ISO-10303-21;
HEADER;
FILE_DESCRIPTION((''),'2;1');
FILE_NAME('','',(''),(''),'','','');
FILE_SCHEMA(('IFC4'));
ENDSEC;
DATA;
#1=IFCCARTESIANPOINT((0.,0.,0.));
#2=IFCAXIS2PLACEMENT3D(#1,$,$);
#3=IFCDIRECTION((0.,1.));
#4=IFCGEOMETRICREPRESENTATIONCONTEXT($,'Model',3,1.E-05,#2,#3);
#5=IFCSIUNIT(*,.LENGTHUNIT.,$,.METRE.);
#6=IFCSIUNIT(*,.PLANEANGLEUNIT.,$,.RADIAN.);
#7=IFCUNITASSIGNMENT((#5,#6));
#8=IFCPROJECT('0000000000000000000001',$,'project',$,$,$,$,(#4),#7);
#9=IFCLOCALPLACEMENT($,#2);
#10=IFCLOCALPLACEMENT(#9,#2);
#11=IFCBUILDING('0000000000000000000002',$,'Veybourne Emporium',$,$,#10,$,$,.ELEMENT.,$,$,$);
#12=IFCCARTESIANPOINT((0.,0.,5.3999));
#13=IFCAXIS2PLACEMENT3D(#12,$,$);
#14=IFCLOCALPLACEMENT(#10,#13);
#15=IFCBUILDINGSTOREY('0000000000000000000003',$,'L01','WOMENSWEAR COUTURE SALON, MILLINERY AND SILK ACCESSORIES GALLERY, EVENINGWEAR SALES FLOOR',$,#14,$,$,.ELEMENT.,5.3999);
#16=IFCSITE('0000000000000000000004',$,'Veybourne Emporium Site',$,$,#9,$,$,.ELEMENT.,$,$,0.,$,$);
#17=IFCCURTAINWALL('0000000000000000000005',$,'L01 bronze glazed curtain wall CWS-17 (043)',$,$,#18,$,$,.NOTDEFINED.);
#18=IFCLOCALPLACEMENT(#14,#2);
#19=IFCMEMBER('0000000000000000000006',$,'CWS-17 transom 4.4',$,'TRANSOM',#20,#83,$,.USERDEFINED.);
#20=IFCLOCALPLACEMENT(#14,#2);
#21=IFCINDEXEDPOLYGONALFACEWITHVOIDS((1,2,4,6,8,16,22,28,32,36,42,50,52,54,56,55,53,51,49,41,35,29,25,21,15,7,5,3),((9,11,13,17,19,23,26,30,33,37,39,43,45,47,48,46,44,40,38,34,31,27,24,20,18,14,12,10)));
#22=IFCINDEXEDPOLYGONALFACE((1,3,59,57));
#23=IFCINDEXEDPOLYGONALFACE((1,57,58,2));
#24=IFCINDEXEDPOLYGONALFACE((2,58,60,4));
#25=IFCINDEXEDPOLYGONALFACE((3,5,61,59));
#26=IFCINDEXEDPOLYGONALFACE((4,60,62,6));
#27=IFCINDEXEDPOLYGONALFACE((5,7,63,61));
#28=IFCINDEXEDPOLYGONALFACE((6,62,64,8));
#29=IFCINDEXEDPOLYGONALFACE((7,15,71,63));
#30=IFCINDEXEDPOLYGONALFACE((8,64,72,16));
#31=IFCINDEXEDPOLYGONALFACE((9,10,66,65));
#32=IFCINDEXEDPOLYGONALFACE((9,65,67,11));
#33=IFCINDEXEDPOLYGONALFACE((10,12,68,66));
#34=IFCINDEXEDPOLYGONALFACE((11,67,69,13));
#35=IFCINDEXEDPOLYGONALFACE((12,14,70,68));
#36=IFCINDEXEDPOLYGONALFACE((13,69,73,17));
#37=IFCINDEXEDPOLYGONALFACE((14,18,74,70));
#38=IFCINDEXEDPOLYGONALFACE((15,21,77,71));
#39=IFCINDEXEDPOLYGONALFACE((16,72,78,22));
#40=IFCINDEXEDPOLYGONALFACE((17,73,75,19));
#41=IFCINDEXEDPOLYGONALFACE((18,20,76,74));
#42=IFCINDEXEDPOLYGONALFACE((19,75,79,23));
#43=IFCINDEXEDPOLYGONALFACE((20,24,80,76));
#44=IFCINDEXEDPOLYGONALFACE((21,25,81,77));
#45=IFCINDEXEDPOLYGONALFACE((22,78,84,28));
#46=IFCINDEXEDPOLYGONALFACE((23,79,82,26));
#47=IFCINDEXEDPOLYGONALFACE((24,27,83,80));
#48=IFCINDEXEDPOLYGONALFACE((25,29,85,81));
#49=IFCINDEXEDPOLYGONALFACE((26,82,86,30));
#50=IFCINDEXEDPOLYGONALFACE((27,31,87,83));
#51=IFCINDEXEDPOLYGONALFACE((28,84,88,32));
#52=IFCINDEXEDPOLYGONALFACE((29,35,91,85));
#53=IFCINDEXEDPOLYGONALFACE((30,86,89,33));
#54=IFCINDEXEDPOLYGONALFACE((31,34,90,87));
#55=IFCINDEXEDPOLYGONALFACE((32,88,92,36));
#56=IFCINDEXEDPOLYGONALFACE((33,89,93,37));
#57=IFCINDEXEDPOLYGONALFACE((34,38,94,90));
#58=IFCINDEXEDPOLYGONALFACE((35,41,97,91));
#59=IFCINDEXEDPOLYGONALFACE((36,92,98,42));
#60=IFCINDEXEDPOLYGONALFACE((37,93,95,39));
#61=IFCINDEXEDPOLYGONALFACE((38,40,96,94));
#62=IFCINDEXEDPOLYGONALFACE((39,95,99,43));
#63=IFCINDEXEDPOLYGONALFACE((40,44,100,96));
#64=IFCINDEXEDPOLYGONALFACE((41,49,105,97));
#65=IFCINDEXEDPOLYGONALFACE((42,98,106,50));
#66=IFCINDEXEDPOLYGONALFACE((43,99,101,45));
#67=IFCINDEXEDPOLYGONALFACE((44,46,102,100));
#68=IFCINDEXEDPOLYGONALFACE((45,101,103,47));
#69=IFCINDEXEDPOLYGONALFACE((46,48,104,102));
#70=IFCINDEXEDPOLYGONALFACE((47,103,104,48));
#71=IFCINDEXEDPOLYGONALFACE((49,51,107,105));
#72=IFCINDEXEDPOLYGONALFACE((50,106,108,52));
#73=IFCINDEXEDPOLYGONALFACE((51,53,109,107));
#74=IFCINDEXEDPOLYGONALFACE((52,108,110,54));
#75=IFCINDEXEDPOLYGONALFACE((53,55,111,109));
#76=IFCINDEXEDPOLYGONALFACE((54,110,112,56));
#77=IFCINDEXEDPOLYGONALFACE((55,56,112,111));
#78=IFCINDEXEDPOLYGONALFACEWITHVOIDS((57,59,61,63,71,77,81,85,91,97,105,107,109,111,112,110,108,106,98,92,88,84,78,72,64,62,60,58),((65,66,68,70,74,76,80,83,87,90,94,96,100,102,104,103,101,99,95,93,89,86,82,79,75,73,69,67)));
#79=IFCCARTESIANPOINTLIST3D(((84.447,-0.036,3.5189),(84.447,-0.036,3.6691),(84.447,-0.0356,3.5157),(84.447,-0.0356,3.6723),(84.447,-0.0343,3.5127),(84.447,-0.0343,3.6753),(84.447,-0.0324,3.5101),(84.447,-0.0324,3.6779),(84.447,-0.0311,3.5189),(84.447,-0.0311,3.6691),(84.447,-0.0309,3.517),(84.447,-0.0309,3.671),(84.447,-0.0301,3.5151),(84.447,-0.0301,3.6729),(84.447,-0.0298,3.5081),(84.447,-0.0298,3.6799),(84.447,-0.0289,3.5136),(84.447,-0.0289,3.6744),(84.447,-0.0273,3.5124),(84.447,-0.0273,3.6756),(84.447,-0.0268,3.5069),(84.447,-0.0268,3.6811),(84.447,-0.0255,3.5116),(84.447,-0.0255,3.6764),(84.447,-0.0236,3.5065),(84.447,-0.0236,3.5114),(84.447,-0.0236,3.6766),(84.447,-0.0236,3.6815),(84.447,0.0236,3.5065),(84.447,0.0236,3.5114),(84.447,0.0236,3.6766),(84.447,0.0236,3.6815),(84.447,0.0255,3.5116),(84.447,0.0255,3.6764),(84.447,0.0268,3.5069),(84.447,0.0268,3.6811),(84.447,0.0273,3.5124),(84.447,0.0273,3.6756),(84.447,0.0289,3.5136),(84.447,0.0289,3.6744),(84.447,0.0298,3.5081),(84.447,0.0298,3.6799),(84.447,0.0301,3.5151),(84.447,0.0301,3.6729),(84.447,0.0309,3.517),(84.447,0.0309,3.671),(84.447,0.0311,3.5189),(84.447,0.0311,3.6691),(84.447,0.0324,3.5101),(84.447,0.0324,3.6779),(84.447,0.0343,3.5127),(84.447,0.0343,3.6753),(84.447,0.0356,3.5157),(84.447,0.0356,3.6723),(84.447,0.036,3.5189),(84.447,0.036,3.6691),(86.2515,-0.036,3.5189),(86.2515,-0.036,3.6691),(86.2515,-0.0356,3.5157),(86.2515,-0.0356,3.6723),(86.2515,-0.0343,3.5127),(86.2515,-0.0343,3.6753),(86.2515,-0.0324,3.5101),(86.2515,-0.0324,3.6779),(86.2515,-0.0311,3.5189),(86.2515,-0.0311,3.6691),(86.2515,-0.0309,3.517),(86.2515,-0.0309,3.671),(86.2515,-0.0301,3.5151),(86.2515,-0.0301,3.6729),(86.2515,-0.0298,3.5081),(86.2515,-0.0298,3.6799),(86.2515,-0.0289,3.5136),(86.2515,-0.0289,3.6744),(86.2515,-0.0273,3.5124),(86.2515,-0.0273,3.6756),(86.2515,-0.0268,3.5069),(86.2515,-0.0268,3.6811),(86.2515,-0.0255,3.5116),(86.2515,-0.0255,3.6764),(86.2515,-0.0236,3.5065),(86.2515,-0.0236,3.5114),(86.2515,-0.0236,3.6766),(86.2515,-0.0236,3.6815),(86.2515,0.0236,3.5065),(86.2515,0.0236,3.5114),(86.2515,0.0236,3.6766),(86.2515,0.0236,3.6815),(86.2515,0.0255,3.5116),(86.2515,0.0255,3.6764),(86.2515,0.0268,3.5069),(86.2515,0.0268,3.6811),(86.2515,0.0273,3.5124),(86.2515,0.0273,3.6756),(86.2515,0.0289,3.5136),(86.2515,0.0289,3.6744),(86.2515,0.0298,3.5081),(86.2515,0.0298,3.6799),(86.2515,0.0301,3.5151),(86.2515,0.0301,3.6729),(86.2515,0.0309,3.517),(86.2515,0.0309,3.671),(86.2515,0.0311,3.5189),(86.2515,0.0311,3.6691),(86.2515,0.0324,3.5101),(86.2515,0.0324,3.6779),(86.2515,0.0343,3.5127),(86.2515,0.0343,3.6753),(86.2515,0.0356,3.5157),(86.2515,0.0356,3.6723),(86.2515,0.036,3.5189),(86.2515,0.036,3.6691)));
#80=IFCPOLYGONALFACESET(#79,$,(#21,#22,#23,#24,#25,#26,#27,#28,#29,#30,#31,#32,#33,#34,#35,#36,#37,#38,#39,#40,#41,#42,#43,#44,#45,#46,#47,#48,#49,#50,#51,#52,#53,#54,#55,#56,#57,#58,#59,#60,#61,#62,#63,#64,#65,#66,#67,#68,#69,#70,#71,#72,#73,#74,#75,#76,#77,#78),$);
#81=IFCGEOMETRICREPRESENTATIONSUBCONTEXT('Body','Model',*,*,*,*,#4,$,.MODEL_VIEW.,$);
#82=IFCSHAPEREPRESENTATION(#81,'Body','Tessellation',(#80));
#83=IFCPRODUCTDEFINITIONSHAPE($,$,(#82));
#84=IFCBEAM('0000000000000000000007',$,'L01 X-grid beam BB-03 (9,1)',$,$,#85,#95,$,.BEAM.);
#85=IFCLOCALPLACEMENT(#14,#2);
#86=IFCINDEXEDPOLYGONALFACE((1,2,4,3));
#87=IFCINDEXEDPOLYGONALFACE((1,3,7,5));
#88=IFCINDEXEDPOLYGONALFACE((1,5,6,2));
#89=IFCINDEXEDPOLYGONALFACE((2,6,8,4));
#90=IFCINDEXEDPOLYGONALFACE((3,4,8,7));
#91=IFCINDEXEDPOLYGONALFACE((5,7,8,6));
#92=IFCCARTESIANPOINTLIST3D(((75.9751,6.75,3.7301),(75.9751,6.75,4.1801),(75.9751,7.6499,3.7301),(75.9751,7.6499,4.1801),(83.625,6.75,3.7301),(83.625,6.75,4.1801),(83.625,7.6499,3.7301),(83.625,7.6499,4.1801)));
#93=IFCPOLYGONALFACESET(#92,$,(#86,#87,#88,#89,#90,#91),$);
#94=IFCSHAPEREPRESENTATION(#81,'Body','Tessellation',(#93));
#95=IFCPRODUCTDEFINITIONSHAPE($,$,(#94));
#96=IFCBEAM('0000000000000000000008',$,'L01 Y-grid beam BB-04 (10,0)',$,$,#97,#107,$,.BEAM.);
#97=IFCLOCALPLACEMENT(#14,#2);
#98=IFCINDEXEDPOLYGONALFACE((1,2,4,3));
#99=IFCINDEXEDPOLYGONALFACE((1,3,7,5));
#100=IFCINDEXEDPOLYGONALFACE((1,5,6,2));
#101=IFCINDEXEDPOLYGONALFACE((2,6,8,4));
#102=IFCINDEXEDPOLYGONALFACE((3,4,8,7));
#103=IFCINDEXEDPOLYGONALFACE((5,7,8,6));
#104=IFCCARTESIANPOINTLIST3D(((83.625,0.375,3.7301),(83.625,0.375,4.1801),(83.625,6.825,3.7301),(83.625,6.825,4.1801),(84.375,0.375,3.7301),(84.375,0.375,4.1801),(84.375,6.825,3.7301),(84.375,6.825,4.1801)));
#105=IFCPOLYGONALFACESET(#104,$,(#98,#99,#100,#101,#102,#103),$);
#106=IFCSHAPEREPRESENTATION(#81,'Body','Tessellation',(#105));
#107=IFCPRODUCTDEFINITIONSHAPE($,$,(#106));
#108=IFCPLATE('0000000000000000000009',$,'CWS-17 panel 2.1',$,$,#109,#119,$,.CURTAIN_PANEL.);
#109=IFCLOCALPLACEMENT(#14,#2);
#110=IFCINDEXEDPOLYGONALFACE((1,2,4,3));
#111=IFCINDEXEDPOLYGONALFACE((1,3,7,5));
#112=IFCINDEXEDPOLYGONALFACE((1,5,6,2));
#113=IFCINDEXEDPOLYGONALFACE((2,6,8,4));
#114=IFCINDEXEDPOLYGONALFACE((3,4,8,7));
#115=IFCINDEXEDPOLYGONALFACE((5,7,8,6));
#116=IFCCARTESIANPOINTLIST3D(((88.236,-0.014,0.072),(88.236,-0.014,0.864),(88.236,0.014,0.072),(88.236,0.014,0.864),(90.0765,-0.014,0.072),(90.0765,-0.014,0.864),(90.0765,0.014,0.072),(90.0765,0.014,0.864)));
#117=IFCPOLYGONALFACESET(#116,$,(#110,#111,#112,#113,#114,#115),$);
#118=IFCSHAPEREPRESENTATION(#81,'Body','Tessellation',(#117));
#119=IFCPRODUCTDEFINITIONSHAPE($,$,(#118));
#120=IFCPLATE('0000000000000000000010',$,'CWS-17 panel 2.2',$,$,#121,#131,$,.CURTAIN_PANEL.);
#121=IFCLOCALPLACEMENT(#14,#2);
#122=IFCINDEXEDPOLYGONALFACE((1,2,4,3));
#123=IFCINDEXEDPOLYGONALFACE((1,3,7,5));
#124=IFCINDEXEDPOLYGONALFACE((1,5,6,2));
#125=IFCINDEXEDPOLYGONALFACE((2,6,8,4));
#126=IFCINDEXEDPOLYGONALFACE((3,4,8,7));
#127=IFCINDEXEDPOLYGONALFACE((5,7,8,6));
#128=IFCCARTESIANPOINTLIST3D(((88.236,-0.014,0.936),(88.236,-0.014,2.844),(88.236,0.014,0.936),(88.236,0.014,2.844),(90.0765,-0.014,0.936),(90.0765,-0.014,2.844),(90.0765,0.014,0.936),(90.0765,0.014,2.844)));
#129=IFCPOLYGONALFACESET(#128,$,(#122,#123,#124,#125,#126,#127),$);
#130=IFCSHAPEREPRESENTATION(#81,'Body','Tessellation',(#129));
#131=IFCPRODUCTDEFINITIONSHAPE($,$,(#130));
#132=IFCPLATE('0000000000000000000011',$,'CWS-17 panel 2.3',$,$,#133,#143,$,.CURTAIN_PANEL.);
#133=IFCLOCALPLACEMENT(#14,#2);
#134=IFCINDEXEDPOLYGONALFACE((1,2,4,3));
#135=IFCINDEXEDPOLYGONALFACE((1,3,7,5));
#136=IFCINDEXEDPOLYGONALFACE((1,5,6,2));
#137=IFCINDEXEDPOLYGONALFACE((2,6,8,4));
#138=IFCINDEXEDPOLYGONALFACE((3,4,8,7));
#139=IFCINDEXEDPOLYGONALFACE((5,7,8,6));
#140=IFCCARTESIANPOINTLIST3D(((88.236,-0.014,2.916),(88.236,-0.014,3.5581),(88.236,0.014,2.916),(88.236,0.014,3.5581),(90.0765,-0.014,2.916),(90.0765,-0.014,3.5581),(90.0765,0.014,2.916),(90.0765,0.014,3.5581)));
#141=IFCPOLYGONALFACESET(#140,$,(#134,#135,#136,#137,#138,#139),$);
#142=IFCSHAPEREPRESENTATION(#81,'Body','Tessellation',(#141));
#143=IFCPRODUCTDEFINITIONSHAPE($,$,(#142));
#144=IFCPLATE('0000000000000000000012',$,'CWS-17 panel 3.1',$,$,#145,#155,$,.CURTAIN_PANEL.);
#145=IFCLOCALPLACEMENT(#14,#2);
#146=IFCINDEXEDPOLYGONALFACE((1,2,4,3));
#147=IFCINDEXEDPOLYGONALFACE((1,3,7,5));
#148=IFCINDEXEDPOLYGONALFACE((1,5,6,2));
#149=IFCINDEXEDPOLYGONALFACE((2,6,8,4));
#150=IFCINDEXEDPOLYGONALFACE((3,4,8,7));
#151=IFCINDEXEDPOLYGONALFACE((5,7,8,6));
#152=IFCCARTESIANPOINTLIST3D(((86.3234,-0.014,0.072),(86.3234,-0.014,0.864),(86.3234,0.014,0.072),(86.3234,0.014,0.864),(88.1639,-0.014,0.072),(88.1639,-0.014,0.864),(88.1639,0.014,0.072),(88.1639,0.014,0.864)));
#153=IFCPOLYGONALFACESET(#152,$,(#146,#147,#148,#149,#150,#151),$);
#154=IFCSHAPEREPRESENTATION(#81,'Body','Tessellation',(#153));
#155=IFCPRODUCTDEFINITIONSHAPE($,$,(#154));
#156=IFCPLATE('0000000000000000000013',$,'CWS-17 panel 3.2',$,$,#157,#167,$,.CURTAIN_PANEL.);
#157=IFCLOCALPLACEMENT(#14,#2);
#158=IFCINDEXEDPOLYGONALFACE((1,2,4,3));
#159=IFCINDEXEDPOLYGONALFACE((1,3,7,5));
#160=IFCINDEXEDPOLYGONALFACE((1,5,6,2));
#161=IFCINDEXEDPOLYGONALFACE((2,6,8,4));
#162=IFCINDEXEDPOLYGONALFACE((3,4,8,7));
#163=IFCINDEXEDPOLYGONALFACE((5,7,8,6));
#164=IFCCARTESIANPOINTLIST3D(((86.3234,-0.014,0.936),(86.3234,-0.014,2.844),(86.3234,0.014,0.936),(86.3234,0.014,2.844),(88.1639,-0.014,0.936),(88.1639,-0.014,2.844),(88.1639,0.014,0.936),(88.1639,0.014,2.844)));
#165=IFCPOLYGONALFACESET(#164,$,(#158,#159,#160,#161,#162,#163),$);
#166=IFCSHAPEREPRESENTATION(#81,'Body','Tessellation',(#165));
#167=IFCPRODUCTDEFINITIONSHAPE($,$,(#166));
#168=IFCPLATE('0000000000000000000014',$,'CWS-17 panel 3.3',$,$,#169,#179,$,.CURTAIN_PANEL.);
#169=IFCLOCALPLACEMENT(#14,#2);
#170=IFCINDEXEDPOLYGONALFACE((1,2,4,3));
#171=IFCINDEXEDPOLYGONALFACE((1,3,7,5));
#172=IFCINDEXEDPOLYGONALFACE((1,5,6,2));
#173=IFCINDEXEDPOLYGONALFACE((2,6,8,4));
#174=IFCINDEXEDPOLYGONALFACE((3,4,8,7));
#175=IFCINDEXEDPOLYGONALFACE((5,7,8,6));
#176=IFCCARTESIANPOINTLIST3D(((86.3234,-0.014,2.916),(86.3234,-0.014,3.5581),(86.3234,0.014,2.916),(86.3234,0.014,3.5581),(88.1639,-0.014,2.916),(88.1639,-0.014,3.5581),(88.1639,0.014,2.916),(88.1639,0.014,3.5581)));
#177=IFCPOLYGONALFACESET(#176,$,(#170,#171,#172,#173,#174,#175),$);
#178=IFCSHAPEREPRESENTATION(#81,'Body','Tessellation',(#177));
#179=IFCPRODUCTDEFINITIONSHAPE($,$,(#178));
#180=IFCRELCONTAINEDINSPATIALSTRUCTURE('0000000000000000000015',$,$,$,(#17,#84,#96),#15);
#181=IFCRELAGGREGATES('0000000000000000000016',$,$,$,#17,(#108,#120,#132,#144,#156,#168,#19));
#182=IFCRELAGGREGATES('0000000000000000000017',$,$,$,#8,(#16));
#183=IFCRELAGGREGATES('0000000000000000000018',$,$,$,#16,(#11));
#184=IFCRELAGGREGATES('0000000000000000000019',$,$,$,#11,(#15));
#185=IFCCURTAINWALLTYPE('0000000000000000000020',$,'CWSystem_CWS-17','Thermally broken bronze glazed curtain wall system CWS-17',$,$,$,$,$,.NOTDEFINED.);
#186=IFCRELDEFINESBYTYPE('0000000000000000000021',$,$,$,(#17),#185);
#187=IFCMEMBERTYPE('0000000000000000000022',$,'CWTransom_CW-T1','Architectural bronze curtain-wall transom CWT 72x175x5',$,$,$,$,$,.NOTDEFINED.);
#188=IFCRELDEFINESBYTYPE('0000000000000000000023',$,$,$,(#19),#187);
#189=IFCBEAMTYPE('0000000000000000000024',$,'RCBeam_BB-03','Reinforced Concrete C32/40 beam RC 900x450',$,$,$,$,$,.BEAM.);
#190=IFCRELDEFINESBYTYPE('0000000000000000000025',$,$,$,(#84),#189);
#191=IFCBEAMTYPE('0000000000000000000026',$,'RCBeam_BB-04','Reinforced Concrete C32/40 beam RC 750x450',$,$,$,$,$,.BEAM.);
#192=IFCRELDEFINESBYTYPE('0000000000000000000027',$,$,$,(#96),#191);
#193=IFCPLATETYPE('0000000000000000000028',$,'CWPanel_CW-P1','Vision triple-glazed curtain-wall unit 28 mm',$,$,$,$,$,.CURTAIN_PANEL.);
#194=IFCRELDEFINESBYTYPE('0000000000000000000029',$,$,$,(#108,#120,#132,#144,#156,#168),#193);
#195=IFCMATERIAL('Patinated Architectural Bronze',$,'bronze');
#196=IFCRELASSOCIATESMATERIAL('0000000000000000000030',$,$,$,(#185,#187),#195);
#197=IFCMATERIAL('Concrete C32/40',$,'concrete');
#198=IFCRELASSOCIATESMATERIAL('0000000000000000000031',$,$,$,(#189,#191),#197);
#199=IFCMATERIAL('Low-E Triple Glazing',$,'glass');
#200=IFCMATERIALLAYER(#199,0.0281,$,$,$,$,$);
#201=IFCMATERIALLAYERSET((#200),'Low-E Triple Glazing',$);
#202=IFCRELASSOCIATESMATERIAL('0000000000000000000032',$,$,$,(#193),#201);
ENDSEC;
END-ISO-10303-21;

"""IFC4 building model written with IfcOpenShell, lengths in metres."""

from ifc_helpers import new_model, si_unit, direction, frame, origin, origin_2d, place, context, subcontext, project, spatial, rectangle, hollow_rectangle, extrude, material, layer, layer_set, material_profile, profile_set, type_object, element, aggregate, save


model = new_model("IFC4")

# Units and contexts
model_context = context("Model", 3, precision=1e-05, world=origin(), true_north=direction((0.0, 1.0)))
body_context = subcontext(model_context, "Body", "Model", "MODEL_VIEW")
ifc_project = project(units=[si_unit("LENGTHUNIT", "METRE"), si_unit("PLANEANGLEUNIT", "RADIAN")], contexts=[model_context])

# Site, building, storey
site_placement = place(None, origin())
site = spatial("IfcSite", under=ifc_project, at=site_placement, Name="Veybourne Emporium Site", CompositionType="ELEMENT", RefElevation=0.0)
building_placement = place(site_placement, origin())
building = spatial("IfcBuilding", under=site, at=building_placement, Name="Veybourne Emporium", CompositionType="ELEMENT")
storey_placement = place(building_placement, frame((0.0, 0.0, 5.3999)))
storey = spatial("IfcBuildingStorey", under=building, at=storey_placement, Name="L01", Description="WOMENSWEAR COUTURE SALON, MILLINERY AND SILK ACCESSORIES GALLERY, EVENINGWEAR SALES FLOOR", CompositionType="ELEMENT", Elevation=5.3999)

# Curtain wall, member
ifc_material_1 = material(Name="Patinated Architectural Bronze", Category="bronze")
curtain_wall_type = type_object("IfcCurtainWallType", Name="CWSystem_CWS-17", Description="Thermally broken bronze glazed curtain wall system CWS-17", PredefinedType="NOTDEFINED", material=ifc_material_1)
curtain_wall_placement = place(storey_placement, origin())
curtain_wall = element("IfcCurtainWall", 1, at=curtain_wall_placement, inside=storey, type_object=curtain_wall_type, Name="L01 bronze glazed curtain wall CWS-17 (043)", PredefinedType="NOTDEFINED")
ifc_material_profile_1 = material_profile(ifc_material_1, hollow_rectangle(XDim=0.072, YDim=0.175, WallThickness=0.0049, InnerFilletRadius=0.0076, OuterFilletRadius=0.0125, at=origin_2d()), Name="CWT 72x175x5")
ifc_profile_set_1 = profile_set([ifc_material_profile_1], Name="Patinated Architectural Bronze")
member_type_1 = type_object("IfcMemberType", Name="CWTransom_CW-T1", Description="Architectural bronze curtain-wall transom CWT 72x175x5", PredefinedType="NOTDEFINED", material=ifc_profile_set_1)
member_1_placement = place(storey_placement, frame((86.2515, 0.0, 3.594), z_axis=(-1.0, 0.0, 0.0), x_axis=(0.0, -1.0, 0.0)))
member_1 = element("IfcMember", 2, at=member_1_placement, type_object=member_type_1, Name="CWS-17 transom 4.4", ObjectType="TRANSOM", PredefinedType="USERDEFINED", context=body_context, shape_type="SweptSolid", body=[
    extrude(hollow_rectangle(XDim=0.072, YDim=0.175, WallThickness=0.0049, InnerFilletRadius=0.0076, OuterFilletRadius=0.0125, at=origin_2d()), origin(), (0.0, 0.0, 1.0), 1.8044),
])

# Beams
ifc_material_2 = material(Name="Concrete C32/40", Category="concrete")
ifc_material_profile_2 = material_profile(ifc_material_2, rectangle(XDim=0.8999, YDim=0.45, at=origin_2d()), Name="RC 900x450")
ifc_profile_set_2 = profile_set([ifc_material_profile_2], Name="Concrete C32/40")
beam_type_1 = type_object("IfcBeamType", Name="RCBeam_BB-03", Description="Reinforced Concrete C32/40 beam RC 900x450", PredefinedType="BEAM", material=ifc_profile_set_2)
beam_1_placement = place(storey_placement, frame((75.9751, 7.2, 3.9551), z_axis=(1.0, 0.0, 0.0), x_axis=(0.0, 1.0, 0.0)))
element("IfcBeam", 3, at=beam_1_placement, inside=storey, type_object=beam_type_1, Name="L01 X-grid beam BB-03 (9,1)", PredefinedType="BEAM", context=body_context, shape_type="SweptSolid", body=[
    extrude(rectangle(XDim=0.8999, YDim=0.45, at=origin_2d()), origin(), (0.0, 0.0, 1.0), 7.6499),
])
ifc_material_profile_3 = material_profile(ifc_material_2, rectangle(XDim=0.75, YDim=0.45, at=origin_2d()), Name="RC 750x450")
ifc_profile_set_3 = profile_set([ifc_material_profile_3], Name="Concrete C32/40")
beam_type_2 = type_object("IfcBeamType", Name="RCBeam_BB-04", Description="Reinforced Concrete C32/40 beam RC 750x450", PredefinedType="BEAM", material=ifc_profile_set_3)
beam_2_placement = place(storey_placement, frame((84.0, 0.375, 3.9551), z_axis=(0.0, 1.0, 0.0), x_axis=(-1.0, 0.0, 0.0)))
element("IfcBeam", 4, at=beam_2_placement, inside=storey, type_object=beam_type_2, Name="L01 Y-grid beam BB-04 (10,0)", PredefinedType="BEAM", context=body_context, shape_type="SweptSolid", body=[
    extrude(rectangle(XDim=0.75, YDim=0.45, at=origin_2d()), origin(), (0.0, 0.0, 1.0), 6.45),
])

# Plates
ifc_material_3 = material(Name="Low-E Triple Glazing", Category="glass")
ifc_layer_1 = layer(ifc_material_3, 0.0281)
ifc_layer_set_1 = layer_set([ifc_layer_1], Name="Low-E Triple Glazing")
plate_type = type_object("IfcPlateType", Name="CWPanel_CW-P1", Description="Vision triple-glazed curtain-wall unit 28 mm", PredefinedType="CURTAIN_PANEL", material=ifc_layer_set_1)
plate_1_placement = place(storey_placement, frame((89.1562, 0.0, 0.072), z_axis=(0.0, 0.0, 1.0), x_axis=(-1.0, 0.0, 0.0)))
plate_1 = element("IfcPlate", 5, at=plate_1_placement, type_object=plate_type, Name="CWS-17 panel 2.1", PredefinedType="CURTAIN_PANEL", context=body_context, shape_type="SweptSolid", body=[
    extrude(rectangle(XDim=1.8406, YDim=0.0281, at=origin_2d()), origin(), (0.0, 0.0, 1.0), 0.792),
])
plate_2_placement = place(storey_placement, frame((89.1562, 0.0, 0.936), z_axis=(0.0, 0.0, 1.0), x_axis=(-1.0, 0.0, 0.0)))
plate_2 = element("IfcPlate", 6, at=plate_2_placement, type_object=plate_type, Name="CWS-17 panel 2.2", PredefinedType="CURTAIN_PANEL", context=body_context, shape_type="SweptSolid", body=[
    extrude(rectangle(XDim=1.8406, YDim=0.0281, at=origin_2d()), origin(), (0.0, 0.0, 1.0), 1.908),
])
plate_3_placement = place(storey_placement, frame((89.1562, 0.0, 2.916), z_axis=(0.0, 0.0, 1.0), x_axis=(-1.0, 0.0, 0.0)))
plate_3 = element("IfcPlate", 7, at=plate_3_placement, type_object=plate_type, Name="CWS-17 panel 2.3", PredefinedType="CURTAIN_PANEL", context=body_context, shape_type="SweptSolid", body=[
    extrude(rectangle(XDim=1.8406, YDim=0.0281, at=origin_2d()), origin(), (0.0, 0.0, 1.0), 0.6421),
])
plate_4_placement = place(storey_placement, frame((87.2437, 0.0, 0.072), z_axis=(0.0, 0.0, 1.0), x_axis=(-1.0, 0.0, 0.0)))
plate_4 = element("IfcPlate", 8, at=plate_4_placement, type_object=plate_type, Name="CWS-17 panel 3.1", PredefinedType="CURTAIN_PANEL", context=body_context, shape_type="SweptSolid", body=[
    extrude(rectangle(XDim=1.8406, YDim=0.0281, at=origin_2d()), origin(), (0.0, 0.0, 1.0), 0.792),
])
plate_5_placement = place(storey_placement, frame((87.2437, 0.0, 0.936), z_axis=(0.0, 0.0, 1.0), x_axis=(-1.0, 0.0, 0.0)))
plate_5 = element("IfcPlate", 9, at=plate_5_placement, type_object=plate_type, Name="CWS-17 panel 3.2", PredefinedType="CURTAIN_PANEL", context=body_context, shape_type="SweptSolid", body=[
    extrude(rectangle(XDim=1.8406, YDim=0.0281, at=origin_2d()), origin(), (0.0, 0.0, 1.0), 1.908),
])
plate_6_placement = place(storey_placement, frame((87.2437, 0.0, 2.916), z_axis=(0.0, 0.0, 1.0), x_axis=(-1.0, 0.0, 0.0)))
plate_6 = element("IfcPlate", 10, at=plate_6_placement, type_object=plate_type, Name="CWS-17 panel 3.3", PredefinedType="CURTAIN_PANEL", context=body_context, shape_type="SweptSolid", body=[
    extrude(rectangle(XDim=1.8406, YDim=0.0281, at=origin_2d()), origin(), (0.0, 0.0, 1.0), 0.6421),
])
aggregate(curtain_wall, [plate_1, plate_2, plate_3, plate_4, plate_5, plate_6, member_1])

save(model, "model.ifc")
